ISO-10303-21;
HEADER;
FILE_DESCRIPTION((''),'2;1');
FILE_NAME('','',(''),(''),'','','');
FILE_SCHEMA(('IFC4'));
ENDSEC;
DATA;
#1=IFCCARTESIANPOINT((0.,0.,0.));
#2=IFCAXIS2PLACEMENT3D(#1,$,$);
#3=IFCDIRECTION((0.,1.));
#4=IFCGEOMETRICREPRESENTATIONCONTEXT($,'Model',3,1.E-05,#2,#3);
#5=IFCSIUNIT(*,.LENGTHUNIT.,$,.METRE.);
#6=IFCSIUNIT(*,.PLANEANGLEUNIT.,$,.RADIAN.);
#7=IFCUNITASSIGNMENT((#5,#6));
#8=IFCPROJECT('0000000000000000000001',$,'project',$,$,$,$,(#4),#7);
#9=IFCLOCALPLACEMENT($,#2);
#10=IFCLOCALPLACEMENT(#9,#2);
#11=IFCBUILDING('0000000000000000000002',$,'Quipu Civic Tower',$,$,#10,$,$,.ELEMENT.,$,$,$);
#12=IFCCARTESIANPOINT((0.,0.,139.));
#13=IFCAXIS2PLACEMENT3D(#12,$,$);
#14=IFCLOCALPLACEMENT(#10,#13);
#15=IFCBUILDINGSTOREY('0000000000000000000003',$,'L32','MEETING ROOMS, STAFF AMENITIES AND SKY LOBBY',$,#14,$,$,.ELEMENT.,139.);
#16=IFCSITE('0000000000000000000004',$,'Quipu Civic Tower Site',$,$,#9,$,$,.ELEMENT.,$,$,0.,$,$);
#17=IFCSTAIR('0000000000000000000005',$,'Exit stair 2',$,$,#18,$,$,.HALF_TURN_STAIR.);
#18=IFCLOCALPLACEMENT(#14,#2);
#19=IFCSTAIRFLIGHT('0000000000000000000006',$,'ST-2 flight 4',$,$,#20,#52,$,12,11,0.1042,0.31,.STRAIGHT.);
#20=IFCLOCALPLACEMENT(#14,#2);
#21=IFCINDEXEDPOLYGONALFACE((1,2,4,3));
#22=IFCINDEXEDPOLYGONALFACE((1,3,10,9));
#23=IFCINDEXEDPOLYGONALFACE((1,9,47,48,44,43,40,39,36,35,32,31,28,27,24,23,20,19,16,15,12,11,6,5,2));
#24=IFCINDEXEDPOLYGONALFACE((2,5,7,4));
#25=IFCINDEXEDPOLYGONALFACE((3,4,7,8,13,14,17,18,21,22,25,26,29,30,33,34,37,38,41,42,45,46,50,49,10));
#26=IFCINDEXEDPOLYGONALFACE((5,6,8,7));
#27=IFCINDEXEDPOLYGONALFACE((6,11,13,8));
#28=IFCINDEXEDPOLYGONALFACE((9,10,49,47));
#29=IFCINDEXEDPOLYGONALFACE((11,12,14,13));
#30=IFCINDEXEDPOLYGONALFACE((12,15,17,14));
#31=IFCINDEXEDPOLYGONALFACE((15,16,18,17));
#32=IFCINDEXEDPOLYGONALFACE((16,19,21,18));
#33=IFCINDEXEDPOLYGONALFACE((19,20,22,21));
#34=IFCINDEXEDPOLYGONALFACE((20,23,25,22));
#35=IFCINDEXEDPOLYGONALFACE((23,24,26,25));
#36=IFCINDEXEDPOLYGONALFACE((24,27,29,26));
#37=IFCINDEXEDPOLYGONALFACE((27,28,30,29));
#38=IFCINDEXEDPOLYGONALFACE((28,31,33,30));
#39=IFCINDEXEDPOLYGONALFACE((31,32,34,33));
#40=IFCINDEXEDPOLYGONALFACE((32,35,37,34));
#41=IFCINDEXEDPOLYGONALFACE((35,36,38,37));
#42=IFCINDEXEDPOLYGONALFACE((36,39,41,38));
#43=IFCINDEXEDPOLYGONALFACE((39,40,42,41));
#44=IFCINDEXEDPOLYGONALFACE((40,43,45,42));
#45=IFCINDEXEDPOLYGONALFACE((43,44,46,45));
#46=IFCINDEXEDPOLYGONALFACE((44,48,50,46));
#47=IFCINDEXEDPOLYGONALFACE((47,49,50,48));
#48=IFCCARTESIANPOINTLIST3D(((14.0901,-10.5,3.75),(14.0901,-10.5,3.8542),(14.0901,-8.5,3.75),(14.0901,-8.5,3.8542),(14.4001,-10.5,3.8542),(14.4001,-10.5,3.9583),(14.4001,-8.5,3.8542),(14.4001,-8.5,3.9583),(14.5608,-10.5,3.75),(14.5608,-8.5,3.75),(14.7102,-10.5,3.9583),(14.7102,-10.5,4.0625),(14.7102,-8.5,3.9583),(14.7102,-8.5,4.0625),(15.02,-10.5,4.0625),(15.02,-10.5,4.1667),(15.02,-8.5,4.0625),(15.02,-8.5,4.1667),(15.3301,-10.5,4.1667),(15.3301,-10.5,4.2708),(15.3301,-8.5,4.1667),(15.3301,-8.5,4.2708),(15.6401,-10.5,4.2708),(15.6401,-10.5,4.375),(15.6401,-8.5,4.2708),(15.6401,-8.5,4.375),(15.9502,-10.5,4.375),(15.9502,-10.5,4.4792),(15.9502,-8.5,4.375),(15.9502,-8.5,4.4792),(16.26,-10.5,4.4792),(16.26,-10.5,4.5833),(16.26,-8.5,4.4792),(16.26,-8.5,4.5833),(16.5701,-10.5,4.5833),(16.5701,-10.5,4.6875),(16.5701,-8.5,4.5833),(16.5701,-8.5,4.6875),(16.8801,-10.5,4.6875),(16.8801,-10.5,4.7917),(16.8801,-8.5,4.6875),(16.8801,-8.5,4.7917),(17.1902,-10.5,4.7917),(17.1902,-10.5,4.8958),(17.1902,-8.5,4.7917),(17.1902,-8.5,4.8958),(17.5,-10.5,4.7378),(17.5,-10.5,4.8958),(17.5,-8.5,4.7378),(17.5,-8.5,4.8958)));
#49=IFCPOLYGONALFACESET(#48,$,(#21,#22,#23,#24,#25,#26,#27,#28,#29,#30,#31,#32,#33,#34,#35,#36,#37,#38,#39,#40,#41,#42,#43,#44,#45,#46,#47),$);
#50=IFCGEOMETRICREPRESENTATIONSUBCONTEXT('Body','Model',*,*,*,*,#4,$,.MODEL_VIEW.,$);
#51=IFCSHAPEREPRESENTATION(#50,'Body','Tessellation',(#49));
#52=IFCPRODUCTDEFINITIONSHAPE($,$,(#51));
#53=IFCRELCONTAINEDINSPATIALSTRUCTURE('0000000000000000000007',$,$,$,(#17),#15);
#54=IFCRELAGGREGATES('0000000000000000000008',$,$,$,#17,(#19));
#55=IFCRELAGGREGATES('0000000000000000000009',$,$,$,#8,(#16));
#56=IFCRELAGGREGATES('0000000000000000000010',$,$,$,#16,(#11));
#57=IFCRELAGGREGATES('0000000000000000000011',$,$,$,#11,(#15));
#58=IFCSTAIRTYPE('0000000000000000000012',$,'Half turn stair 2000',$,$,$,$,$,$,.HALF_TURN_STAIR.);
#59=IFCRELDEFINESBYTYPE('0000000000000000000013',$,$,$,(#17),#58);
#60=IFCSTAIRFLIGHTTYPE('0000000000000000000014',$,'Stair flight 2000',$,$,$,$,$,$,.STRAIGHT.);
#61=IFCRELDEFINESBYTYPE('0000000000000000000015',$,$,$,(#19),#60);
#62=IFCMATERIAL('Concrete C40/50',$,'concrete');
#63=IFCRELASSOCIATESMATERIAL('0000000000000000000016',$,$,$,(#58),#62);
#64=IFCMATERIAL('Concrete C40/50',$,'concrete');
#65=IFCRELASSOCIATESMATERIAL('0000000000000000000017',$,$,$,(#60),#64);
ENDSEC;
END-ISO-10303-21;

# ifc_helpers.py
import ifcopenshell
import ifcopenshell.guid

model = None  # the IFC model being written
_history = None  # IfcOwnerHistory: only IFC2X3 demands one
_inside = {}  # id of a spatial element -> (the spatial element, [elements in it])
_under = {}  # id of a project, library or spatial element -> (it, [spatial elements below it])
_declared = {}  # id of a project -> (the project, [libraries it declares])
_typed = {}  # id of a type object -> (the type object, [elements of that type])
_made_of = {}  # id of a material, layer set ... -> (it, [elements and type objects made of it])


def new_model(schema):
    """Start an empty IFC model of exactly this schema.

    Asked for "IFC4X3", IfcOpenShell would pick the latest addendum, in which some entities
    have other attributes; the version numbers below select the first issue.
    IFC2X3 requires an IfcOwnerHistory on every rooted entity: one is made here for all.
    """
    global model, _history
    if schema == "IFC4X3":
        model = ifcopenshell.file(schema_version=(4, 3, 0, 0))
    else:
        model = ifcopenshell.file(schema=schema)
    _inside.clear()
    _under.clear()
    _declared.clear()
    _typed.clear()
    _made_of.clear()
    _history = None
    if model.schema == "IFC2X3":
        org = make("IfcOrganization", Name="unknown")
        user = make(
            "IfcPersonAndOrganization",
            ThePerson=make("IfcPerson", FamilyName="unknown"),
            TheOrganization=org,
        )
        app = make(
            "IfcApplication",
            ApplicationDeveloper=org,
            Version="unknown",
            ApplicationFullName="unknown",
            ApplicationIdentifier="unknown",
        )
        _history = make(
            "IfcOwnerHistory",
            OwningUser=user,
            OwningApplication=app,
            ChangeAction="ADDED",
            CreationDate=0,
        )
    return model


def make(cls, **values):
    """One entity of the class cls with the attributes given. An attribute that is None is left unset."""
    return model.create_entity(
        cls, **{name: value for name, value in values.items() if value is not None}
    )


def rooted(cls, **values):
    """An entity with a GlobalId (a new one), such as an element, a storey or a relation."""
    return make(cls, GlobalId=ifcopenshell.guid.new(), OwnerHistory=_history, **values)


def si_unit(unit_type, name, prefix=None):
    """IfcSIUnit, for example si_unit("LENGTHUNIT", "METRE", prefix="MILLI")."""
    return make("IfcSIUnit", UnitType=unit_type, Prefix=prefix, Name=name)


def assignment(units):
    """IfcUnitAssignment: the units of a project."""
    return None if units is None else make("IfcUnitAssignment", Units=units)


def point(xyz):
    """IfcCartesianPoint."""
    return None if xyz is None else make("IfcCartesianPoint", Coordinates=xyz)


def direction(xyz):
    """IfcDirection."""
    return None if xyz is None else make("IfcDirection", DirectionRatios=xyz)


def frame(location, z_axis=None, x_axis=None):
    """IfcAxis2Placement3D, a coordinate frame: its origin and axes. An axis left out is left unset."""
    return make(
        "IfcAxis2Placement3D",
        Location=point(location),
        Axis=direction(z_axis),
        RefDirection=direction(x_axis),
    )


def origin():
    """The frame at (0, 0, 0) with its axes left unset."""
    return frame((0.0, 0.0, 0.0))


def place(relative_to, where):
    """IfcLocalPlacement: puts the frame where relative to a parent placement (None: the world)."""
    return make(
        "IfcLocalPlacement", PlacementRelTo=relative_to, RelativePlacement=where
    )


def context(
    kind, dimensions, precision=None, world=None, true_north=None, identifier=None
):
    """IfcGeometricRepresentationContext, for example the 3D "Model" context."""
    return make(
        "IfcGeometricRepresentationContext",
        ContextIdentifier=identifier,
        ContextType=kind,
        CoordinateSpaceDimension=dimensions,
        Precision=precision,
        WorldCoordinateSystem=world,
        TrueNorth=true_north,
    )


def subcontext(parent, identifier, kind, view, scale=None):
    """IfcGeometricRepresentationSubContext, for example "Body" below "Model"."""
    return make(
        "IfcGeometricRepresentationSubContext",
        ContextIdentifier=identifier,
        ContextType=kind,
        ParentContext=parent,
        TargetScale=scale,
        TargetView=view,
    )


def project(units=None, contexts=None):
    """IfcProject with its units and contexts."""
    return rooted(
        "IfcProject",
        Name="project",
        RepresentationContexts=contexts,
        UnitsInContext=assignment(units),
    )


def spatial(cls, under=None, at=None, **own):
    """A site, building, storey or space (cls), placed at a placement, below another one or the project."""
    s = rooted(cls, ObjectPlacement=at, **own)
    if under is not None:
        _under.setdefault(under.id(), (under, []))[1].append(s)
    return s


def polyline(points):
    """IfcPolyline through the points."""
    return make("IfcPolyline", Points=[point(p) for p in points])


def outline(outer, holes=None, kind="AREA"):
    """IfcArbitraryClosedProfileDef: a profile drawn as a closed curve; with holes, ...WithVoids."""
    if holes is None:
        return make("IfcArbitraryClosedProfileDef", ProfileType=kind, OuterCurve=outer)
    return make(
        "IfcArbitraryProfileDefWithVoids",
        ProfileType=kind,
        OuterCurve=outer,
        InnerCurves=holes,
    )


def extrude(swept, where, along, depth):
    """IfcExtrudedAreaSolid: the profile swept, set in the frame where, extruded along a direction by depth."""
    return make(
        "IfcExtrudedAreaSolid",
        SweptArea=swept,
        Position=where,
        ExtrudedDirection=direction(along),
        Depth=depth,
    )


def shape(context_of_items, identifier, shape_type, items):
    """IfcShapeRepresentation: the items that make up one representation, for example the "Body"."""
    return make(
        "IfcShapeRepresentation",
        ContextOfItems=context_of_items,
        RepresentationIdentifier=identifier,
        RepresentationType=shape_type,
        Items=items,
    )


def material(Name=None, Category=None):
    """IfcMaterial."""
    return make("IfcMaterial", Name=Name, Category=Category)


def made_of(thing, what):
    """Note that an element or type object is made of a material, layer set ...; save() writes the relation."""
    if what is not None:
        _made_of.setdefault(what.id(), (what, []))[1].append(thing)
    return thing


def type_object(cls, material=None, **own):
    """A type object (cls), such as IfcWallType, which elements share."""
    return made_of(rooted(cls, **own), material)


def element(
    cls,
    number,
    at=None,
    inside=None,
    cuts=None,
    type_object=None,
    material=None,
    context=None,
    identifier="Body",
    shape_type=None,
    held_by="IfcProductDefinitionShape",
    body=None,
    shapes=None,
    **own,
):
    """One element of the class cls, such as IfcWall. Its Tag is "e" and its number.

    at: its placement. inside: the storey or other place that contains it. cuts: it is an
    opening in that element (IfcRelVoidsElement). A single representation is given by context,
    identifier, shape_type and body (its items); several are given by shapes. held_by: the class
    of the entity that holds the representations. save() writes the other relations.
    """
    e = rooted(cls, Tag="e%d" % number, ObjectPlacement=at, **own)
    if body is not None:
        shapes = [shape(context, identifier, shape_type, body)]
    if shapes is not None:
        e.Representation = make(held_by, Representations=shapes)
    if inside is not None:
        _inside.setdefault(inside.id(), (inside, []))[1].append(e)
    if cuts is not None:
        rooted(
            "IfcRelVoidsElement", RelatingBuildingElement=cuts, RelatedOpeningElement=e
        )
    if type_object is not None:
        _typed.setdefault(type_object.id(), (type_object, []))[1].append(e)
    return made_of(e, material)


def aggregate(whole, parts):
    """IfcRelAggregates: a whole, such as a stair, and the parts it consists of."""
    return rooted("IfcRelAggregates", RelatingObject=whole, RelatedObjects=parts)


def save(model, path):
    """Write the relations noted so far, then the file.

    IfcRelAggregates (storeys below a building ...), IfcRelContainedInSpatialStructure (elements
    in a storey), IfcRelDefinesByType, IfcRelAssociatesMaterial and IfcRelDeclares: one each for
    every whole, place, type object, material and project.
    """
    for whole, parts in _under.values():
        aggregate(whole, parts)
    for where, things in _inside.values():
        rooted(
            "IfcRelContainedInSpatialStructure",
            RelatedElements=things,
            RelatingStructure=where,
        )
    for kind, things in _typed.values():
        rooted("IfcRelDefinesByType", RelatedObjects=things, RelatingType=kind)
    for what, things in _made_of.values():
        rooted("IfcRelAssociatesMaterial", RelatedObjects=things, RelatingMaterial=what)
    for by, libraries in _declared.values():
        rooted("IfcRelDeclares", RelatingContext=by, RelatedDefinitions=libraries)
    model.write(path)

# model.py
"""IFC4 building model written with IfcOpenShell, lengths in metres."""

from ifc_helpers import new_model, si_unit, direction, frame, origin, place, context, subcontext, project, spatial, polyline, outline, extrude, material, type_object, element, aggregate, save


model = new_model("IFC4")

# Units and contexts
model_context = context("Model", 3, precision=1e-05, world=origin(), true_north=direction((0.0, 1.0)))
body_context = subcontext(model_context, "Body", "Model", "MODEL_VIEW")
ifc_project = project(units=[si_unit("LENGTHUNIT", "METRE"), si_unit("PLANEANGLEUNIT", "RADIAN")], contexts=[model_context])

# Site, building, storey
site_placement = place(None, origin())
site = spatial("IfcSite", under=ifc_project, at=site_placement, Name="Quipu Civic Tower Site", CompositionType="ELEMENT", RefElevation=0.0)
building_placement = place(site_placement, origin())
building = spatial("IfcBuilding", under=site, at=building_placement, Name="Quipu Civic Tower", CompositionType="ELEMENT")
storey_placement = place(building_placement, frame((0.0, 0.0, 139.0)))
storey = spatial("IfcBuildingStorey", under=building, at=storey_placement, Name="L32", Description="MEETING ROOMS, STAFF AMENITIES AND SKY LOBBY", CompositionType="ELEMENT", Elevation=139.0)

# Stair, stair flight
ifc_material_1 = material(Name="Concrete C40/50", Category="concrete")
stair_type = type_object("IfcStairType", Name="Half turn stair 2000", PredefinedType="HALF_TURN_STAIR", material=ifc_material_1)
stair_placement = place(storey_placement, origin())
stair = element("IfcStair", 1, at=stair_placement, inside=storey, type_object=stair_type, Name="Exit stair 2", PredefinedType="HALF_TURN_STAIR")
ifc_material_2 = material(Name="Concrete C40/50", Category="concrete")
stair_flight_type = type_object("IfcStairFlightType", Name="Stair flight 2000", PredefinedType="STRAIGHT", material=ifc_material_2)
stair_flight_1_placement = place(storey_placement, frame((14.0901, -9.5, 3.75), z_axis=(0.0, 0.0, 1.0), x_axis=(1.0, 0.0, 0.0)))
stair_flight_1 = element("IfcStairFlight", 2, at=stair_flight_1_placement, type_object=stair_flight_type, Name="ST-2 flight 4", NumberOfRisers=12, NumberOfTreads=11, PredefinedType="STRAIGHT", RiserHeight=0.1042, TreadLength=0.31, context=body_context, shape_type="SweptSolid", body=[
    extrude(outline(polyline([(0.0, 0.0), (0.0, 0.1042), (0.3101, 0.1042), (0.3101, 0.2083), (0.6201, 0.2083), (0.6201, 0.3125), (0.9299, 0.3125), (0.9299, 0.4167), (1.24, 0.4167), (1.24, 0.5208), (1.55, 0.5208), (1.55, 0.625), (1.8601, 0.625), (1.8601, 0.7292), (2.1699, 0.7292), (2.1699, 0.8333), (2.48, 0.8333), (2.48, 0.9375), (2.79, 0.9375), (2.79, 1.0417), (3.1001, 1.0417), (3.1001, 1.1458), (3.4099, 1.1458), (3.4099, 1.25), (3.4099, 0.9878), (0.4707, 0.0), (0.0, 0.0)])), frame((0.0, 1.0, 0.0), z_axis=(0.0, -1.0, 0.0), x_axis=(1.0, 0.0, 0.0)), (0.0, 0.0, 1.0), 2.0),
])
aggregate(stair, [stair_flight_1])

save(model, "model.ifc")
